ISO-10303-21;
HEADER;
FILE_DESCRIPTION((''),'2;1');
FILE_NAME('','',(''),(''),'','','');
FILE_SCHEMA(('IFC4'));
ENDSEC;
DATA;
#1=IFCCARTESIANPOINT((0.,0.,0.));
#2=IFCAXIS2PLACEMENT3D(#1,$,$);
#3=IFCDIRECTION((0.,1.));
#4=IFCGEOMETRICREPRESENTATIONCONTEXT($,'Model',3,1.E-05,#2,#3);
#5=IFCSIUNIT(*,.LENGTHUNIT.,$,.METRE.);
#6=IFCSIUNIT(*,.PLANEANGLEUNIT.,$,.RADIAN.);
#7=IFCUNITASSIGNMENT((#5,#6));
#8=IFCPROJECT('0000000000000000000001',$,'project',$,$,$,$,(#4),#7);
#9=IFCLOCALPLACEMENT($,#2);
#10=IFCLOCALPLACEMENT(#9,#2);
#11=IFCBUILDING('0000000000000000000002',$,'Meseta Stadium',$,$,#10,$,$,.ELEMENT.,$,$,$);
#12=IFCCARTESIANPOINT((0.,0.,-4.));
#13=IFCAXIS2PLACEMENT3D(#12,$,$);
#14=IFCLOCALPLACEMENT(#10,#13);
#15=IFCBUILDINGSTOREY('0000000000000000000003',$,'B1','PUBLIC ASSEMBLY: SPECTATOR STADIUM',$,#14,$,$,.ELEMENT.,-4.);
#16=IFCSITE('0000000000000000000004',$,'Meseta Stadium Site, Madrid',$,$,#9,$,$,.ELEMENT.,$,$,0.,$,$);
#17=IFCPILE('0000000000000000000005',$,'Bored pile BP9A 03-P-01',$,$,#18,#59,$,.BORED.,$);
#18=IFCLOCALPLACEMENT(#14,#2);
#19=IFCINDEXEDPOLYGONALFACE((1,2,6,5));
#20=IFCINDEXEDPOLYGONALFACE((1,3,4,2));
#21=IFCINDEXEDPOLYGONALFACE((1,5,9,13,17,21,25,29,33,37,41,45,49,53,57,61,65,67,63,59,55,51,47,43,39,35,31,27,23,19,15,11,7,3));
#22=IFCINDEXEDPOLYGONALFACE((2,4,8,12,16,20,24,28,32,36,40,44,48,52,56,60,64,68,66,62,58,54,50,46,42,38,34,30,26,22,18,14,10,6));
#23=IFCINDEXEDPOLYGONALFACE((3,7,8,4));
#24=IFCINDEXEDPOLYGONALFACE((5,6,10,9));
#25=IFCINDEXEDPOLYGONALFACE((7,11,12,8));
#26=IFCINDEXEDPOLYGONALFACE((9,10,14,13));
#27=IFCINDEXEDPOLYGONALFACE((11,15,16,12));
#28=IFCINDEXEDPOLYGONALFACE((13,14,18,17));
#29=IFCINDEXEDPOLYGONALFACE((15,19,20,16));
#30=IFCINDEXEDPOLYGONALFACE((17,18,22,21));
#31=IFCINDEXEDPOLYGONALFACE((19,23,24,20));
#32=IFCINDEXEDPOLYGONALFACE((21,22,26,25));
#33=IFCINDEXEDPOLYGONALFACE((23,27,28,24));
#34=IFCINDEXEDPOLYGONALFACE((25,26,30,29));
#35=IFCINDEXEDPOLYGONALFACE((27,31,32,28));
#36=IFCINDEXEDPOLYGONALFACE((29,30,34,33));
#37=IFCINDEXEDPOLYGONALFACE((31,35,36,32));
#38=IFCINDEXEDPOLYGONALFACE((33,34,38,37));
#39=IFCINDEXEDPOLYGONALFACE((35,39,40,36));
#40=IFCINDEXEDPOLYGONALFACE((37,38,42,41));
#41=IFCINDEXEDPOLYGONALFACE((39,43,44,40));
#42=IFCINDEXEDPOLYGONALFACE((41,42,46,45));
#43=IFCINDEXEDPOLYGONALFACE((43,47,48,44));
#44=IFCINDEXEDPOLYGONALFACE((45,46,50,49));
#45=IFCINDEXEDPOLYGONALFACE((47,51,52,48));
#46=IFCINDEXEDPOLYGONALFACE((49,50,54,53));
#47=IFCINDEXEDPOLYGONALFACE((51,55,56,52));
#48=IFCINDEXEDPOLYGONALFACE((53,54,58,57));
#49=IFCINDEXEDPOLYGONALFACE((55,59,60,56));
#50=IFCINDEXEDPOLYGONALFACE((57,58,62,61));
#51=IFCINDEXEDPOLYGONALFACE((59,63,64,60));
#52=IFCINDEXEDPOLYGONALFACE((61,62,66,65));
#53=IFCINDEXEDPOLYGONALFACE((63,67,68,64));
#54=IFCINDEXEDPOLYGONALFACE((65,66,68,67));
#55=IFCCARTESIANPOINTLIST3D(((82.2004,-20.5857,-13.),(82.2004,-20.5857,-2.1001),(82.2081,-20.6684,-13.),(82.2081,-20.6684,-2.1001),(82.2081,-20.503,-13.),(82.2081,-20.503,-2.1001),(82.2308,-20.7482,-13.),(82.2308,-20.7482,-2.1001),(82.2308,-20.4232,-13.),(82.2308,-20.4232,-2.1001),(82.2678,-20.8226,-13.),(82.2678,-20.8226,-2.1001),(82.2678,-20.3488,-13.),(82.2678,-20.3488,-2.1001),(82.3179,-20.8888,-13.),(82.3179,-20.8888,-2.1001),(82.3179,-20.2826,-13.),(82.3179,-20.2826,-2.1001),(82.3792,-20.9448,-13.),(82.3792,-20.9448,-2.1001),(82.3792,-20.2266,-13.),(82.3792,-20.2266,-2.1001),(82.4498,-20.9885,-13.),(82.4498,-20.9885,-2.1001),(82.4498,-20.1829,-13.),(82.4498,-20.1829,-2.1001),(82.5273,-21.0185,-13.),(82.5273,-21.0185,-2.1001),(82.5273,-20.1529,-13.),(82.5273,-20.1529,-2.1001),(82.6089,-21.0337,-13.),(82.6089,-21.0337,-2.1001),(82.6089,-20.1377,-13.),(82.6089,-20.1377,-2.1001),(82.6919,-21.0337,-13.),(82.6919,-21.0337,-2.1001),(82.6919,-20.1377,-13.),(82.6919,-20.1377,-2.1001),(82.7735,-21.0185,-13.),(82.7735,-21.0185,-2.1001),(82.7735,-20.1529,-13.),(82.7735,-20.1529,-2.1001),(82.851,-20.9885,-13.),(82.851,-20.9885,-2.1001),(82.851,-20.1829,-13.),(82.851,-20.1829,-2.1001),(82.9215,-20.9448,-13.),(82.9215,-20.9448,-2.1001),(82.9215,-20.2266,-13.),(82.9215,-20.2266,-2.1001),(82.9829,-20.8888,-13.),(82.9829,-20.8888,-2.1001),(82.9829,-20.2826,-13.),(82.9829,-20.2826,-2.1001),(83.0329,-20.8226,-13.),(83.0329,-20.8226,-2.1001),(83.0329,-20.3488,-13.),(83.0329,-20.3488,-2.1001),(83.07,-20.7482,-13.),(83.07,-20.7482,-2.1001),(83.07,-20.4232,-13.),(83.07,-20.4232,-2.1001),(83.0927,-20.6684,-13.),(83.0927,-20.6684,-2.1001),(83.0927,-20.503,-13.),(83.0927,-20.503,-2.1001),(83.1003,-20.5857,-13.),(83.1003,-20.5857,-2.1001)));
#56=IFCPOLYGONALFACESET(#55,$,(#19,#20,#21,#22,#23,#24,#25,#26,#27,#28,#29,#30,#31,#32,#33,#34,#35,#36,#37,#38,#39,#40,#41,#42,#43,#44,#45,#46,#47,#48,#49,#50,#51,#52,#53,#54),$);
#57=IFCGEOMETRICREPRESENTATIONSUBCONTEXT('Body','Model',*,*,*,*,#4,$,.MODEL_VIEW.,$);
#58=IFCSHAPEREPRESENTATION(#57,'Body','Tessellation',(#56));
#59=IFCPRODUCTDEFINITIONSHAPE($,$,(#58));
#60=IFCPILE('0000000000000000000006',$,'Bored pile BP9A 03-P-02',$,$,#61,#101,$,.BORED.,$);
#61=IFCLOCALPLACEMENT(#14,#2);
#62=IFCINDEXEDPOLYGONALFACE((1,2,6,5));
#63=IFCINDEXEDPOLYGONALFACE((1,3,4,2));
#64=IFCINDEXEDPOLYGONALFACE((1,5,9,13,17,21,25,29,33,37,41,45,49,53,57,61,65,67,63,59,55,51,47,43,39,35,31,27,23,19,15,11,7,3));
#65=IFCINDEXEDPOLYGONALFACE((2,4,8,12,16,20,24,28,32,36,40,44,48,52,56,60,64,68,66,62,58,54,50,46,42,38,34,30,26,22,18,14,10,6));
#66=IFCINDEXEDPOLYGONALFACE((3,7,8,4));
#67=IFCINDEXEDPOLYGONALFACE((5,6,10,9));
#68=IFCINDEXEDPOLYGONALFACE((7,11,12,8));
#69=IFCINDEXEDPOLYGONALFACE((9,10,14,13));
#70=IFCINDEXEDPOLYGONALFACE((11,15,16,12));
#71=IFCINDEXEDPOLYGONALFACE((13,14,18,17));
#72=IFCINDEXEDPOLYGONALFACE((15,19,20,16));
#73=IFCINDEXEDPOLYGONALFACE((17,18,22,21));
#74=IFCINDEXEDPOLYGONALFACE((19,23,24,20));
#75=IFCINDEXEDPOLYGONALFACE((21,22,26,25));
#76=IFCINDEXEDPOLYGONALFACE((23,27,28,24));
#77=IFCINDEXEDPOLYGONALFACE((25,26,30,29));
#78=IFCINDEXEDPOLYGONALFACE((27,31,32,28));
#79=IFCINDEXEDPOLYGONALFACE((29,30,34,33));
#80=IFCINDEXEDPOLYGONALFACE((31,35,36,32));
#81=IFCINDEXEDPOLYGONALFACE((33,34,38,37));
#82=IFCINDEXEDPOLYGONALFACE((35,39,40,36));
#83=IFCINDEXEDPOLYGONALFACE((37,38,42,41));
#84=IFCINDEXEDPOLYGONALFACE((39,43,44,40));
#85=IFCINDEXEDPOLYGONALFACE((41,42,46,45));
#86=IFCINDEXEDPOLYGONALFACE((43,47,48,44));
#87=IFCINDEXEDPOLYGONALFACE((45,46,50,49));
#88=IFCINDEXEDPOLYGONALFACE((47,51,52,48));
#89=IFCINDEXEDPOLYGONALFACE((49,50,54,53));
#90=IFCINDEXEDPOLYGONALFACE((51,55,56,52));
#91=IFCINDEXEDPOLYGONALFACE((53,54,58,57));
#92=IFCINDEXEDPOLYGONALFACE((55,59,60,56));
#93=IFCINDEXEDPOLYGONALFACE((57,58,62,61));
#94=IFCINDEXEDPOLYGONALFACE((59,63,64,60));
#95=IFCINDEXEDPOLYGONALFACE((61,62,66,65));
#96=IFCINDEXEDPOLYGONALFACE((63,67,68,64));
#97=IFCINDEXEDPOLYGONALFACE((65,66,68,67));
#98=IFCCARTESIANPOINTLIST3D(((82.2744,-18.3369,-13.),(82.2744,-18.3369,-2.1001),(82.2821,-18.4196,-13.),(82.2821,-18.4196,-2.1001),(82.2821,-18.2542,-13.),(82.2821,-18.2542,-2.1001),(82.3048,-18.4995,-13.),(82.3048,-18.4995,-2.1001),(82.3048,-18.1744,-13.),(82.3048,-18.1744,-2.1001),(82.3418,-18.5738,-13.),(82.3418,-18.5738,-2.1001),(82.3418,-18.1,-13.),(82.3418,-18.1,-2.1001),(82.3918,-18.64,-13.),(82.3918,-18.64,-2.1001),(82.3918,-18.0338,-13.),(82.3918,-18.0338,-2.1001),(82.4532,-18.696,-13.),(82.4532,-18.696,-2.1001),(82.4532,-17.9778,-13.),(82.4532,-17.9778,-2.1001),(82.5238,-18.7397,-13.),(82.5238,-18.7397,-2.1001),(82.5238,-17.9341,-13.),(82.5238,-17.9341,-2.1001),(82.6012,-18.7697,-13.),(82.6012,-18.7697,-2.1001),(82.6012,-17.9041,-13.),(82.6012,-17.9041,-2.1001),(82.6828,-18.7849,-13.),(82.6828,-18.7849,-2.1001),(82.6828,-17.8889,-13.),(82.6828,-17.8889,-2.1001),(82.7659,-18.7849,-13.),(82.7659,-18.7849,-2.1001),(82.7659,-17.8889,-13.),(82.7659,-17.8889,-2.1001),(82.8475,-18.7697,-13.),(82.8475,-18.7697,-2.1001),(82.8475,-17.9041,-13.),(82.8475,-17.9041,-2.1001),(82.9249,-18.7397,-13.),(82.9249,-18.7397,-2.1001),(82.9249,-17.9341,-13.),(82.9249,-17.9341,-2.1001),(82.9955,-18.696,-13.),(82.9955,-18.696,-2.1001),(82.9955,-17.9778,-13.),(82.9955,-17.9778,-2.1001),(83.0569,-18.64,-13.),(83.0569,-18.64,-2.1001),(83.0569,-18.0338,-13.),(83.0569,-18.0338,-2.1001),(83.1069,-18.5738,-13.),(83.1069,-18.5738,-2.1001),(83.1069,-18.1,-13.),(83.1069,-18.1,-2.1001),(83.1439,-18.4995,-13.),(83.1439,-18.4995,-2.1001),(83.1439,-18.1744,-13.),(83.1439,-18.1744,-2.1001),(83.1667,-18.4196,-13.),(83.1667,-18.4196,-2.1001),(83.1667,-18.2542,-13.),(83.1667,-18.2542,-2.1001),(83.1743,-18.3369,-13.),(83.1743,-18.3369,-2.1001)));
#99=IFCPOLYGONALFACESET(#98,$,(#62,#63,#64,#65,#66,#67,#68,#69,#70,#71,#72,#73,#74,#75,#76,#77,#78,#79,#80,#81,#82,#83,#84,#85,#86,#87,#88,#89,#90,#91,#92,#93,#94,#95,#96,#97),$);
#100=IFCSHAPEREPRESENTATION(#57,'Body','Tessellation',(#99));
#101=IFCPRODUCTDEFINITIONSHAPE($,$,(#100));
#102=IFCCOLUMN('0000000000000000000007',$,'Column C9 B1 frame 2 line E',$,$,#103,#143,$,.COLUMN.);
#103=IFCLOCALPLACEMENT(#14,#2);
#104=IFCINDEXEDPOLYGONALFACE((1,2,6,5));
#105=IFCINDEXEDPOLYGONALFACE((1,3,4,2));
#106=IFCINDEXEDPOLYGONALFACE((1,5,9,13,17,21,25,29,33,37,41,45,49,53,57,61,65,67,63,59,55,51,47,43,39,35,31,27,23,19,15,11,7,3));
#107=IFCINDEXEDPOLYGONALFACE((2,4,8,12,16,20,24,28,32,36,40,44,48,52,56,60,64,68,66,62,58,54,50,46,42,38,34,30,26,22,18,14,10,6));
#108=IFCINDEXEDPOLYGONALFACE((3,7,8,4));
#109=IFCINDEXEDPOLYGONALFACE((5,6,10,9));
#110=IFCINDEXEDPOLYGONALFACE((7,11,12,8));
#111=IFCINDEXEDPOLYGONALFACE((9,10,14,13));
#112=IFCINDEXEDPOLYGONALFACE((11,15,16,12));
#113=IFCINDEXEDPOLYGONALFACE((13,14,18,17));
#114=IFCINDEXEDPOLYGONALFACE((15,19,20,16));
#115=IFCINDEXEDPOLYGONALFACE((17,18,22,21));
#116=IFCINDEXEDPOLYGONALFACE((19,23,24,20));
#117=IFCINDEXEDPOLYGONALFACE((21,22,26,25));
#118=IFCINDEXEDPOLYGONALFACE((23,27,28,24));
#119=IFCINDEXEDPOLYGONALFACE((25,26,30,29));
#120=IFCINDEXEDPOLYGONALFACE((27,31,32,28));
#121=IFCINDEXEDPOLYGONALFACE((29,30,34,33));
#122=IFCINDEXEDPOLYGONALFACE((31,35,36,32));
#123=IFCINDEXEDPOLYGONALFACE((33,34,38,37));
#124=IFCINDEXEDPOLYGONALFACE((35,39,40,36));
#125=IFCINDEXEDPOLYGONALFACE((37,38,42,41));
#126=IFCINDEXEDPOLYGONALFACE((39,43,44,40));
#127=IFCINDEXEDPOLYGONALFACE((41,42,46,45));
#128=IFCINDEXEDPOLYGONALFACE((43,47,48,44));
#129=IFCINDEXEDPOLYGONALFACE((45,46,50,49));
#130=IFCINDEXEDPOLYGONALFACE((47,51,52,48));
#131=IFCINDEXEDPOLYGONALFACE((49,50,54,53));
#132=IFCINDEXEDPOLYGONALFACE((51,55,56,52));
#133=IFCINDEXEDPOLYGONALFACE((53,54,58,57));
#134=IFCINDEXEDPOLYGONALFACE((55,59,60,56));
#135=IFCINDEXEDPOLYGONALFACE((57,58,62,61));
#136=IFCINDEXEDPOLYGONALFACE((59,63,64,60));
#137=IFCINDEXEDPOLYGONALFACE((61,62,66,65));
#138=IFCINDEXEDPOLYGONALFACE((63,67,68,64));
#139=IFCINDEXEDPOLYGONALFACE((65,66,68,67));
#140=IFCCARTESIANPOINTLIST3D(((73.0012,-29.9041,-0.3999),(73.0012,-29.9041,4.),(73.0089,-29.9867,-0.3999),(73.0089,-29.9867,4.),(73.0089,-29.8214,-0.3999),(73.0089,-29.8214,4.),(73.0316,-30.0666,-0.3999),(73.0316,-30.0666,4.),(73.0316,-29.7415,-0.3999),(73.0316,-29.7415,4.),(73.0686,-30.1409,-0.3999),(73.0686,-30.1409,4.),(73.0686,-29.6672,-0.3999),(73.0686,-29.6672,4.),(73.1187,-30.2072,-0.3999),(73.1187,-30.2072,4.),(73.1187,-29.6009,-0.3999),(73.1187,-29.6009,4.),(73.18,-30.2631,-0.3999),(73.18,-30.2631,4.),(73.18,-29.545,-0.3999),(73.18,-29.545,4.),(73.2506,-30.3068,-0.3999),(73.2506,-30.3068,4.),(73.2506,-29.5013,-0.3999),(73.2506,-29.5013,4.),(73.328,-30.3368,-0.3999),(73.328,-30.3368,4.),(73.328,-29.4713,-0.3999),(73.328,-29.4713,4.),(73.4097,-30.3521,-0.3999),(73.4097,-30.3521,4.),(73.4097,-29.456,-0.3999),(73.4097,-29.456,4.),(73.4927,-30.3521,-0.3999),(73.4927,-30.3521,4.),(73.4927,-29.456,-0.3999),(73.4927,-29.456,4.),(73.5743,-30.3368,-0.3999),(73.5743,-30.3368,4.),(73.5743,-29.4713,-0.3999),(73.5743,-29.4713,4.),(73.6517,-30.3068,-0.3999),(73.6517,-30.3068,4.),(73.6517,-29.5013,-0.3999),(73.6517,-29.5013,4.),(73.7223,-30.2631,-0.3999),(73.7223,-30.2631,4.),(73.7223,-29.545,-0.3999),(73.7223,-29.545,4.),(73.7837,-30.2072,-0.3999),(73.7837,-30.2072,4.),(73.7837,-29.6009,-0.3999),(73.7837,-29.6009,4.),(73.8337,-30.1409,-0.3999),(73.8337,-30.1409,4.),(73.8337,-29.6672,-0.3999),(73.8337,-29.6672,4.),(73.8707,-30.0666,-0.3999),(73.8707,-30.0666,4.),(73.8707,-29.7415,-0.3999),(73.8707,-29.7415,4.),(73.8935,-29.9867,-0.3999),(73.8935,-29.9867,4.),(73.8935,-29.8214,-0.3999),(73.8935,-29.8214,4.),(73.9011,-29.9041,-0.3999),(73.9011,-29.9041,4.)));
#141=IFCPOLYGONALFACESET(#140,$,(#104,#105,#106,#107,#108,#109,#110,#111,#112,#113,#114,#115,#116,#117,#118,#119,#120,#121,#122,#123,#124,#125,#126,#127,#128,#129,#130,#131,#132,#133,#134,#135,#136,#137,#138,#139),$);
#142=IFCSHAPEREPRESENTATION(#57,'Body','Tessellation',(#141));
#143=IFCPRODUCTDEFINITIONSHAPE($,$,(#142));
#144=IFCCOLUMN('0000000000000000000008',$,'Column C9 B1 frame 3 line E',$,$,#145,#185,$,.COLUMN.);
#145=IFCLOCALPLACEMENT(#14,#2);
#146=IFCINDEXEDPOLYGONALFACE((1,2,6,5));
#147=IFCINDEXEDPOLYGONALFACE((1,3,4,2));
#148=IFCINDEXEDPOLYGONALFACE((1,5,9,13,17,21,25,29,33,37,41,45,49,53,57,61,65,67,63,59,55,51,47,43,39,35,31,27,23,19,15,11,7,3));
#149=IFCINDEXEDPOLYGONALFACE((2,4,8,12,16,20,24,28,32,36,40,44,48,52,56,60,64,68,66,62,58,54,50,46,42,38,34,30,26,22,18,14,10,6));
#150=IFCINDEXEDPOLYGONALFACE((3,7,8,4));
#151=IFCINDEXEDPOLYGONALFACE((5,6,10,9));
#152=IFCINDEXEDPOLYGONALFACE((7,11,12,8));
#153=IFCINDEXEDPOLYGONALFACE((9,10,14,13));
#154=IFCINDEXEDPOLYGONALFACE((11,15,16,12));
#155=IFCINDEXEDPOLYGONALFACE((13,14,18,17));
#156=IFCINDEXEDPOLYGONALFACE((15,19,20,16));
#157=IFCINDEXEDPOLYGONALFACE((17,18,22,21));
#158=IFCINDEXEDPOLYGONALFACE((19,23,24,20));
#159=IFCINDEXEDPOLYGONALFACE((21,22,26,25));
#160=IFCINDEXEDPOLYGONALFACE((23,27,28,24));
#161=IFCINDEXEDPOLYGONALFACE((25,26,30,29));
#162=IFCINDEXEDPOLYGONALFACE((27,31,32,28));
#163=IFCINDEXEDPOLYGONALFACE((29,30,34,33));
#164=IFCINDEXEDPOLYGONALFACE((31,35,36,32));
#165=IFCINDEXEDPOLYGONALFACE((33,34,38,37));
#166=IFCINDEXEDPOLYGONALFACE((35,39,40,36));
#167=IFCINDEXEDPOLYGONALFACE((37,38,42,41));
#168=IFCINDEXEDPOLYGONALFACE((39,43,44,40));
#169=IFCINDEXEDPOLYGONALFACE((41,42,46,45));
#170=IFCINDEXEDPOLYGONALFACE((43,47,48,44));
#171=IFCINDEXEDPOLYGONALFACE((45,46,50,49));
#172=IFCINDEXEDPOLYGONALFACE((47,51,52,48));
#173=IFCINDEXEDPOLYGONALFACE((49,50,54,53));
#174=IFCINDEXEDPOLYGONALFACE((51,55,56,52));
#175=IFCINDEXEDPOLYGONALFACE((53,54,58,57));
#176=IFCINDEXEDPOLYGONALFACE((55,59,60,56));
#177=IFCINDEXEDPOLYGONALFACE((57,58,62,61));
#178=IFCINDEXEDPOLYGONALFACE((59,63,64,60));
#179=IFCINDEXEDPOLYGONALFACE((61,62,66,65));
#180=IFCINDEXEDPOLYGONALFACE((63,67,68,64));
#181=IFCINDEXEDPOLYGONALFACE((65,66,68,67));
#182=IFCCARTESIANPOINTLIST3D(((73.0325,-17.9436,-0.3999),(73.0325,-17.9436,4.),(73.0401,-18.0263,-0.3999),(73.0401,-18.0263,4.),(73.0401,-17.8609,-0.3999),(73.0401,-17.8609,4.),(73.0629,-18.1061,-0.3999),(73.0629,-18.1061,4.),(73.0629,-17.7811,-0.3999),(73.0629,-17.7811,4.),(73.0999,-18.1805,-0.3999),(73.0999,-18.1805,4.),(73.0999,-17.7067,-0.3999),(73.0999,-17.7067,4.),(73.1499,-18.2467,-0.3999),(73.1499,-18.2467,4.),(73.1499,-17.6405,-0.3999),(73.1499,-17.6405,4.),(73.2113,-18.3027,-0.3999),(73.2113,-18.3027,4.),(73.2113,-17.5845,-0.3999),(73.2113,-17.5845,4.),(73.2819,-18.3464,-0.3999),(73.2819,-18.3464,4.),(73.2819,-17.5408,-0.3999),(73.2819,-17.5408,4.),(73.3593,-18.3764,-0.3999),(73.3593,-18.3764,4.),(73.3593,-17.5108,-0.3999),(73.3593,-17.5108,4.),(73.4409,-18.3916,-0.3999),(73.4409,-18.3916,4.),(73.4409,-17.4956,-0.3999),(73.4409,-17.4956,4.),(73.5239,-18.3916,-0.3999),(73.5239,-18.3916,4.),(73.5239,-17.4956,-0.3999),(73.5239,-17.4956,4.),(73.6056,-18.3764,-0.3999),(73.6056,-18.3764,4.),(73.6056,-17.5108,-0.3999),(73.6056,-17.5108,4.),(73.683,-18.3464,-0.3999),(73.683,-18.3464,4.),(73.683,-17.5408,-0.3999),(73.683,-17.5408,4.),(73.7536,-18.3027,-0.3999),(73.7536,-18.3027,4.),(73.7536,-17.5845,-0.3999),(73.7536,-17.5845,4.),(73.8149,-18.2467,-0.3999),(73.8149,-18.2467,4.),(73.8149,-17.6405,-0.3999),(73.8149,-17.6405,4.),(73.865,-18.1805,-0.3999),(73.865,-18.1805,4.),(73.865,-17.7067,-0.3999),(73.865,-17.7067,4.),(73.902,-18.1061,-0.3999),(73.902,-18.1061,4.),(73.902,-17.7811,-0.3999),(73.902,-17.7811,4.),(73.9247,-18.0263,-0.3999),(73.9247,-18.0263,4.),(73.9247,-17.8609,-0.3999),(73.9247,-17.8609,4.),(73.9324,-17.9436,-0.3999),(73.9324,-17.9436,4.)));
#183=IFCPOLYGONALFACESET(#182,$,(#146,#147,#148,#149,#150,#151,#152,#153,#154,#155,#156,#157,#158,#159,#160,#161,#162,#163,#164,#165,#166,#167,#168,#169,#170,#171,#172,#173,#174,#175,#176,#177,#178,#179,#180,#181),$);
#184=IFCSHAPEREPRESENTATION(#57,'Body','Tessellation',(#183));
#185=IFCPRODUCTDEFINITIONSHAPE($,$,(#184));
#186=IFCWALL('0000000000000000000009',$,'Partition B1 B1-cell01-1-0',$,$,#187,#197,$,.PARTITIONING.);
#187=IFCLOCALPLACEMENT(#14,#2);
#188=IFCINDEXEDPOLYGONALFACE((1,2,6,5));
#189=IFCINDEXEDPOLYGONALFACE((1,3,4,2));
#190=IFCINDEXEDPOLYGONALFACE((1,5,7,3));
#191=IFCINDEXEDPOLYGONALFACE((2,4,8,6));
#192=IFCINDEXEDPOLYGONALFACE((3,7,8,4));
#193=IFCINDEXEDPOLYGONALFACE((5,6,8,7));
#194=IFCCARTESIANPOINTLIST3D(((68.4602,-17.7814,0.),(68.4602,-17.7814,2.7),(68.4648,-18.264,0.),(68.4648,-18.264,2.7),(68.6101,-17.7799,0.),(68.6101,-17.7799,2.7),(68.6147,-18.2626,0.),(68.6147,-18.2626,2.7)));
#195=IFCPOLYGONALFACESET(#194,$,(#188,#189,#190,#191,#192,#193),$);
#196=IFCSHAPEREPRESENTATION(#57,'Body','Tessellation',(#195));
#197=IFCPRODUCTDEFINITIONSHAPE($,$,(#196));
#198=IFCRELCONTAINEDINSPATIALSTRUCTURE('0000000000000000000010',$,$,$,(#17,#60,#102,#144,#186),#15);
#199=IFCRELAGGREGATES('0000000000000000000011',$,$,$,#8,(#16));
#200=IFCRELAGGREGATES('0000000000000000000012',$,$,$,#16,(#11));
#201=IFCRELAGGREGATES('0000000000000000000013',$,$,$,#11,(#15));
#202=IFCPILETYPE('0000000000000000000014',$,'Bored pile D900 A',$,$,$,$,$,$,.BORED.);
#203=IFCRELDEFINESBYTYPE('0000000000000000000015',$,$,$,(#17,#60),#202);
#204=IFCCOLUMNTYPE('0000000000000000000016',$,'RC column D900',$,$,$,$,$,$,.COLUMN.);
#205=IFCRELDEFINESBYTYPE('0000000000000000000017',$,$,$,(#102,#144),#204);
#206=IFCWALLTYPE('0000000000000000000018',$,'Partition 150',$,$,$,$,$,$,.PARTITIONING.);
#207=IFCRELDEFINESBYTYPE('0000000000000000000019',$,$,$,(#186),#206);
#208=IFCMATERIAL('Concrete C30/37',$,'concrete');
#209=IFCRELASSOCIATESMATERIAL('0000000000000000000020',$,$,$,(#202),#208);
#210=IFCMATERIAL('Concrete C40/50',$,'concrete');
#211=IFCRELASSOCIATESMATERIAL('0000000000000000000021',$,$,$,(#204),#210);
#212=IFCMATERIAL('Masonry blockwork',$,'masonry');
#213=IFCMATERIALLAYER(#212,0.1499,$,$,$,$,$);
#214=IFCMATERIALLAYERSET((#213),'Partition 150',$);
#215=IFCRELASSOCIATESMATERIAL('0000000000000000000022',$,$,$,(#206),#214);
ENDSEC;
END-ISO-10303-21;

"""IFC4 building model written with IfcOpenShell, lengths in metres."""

from ifc_helpers import new_model, si_unit, direction, frame, frame_2d, origin, origin_2d, place, context, subcontext, project, spatial, rectangle, circle, extrude, material, layer, layer_set, material_profile, profile_set, type_object, element, save


model = new_model("IFC4")

# Units and contexts
model_context = context("Model", 3, precision=1e-05, world=origin(), true_north=direction((0.0, 1.0)))
body_context = subcontext(model_context, "Body", "Model", "MODEL_VIEW")
ifc_project = project(units=[si_unit("LENGTHUNIT", "METRE"), si_unit("PLANEANGLEUNIT", "RADIAN")], contexts=[model_context])

# Site, building, storey
site_placement = place(None, origin())
site = spatial("IfcSite", under=ifc_project, at=site_placement, Name="Meseta Stadium Site, Madrid", CompositionType="ELEMENT", RefElevation=0.0)
building_placement = place(site_placement, origin())
building = spatial("IfcBuilding", under=site, at=building_placement, Name="Meseta Stadium", CompositionType="ELEMENT")
storey_placement = place(building_placement, frame((0.0, 0.0, -4.0)))
storey = spatial("IfcBuildingStorey", under=building, at=storey_placement, Name="B1", Description="PUBLIC ASSEMBLY: SPECTATOR STADIUM", CompositionType="ELEMENT", Elevation=-4.0)

# Piles
ifc_material_1 = material(Name="Concrete C30/37", Category="concrete")
ifc_material_profile_1 = material_profile(ifc_material_1, circle(Radius=0.45, at=origin_2d()), Name="D900")
ifc_profile_set_1 = profile_set([ifc_material_profile_1], Name="Concrete C30/37")
pile_type = type_object("IfcPileType", Name="Bored pile D900 A", PredefinedType="BORED", material=ifc_profile_set_1)
for number, where, z_axis, x_axis, name in (
    (1, (82.6504, -20.5857, -2.1001), (0.0, 0.0, -1.0), (1.0, 0.0, 0.0), "Bored pile BP9A 03-P-01"),
    (2, (82.7244, -18.3369, -2.1001), (0.0, 0.0, -1.0), (1.0, 0.0, 0.0), "Bored pile BP9A 03-P-02"),
):
    element("IfcPile", number, at=place(storey_placement, frame(where, z_axis=z_axis, x_axis=x_axis)), inside=storey, type_object=pile_type, Name=name, PredefinedType="BORED", context=body_context, shape_type="SweptSolid", body=[
        extrude(circle(Radius=0.45, at=origin_2d()), origin(), (0.0, 0.0, 1.0), 10.8999),
    ])

# Columns
ifc_material_2 = material(Name="Concrete C40/50", Category="concrete")
ifc_material_profile_2 = material_profile(ifc_material_2, circle(Radius=0.45, at=origin_2d()), Name="RC D900")
ifc_profile_set_2 = profile_set([ifc_material_profile_2], Name="Concrete C40/50")
column_type = type_object("IfcColumnType", Name="RC column D900", PredefinedType="COLUMN", material=ifc_profile_set_2)
for number, where, z_axis, x_axis, name in (
    (3, (73.4512, -29.9041, -0.3999), (0.0, 0.0, 1.0), (1.0, 0.0, 0.0), "Column C9 B1 frame 2 line E"),
    (4, (73.4824, -17.9436, -0.3999), (0.0, 0.0, 1.0), (1.0, 0.0, 0.0), "Column C9 B1 frame 3 line E"),
):
    element("IfcColumn", number, at=place(storey_placement, frame(where, z_axis=z_axis, x_axis=x_axis)), inside=storey, type_object=column_type, Name=name, PredefinedType="COLUMN", context=body_context, shape_type="SweptSolid", body=[
        extrude(circle(Radius=0.45, at=origin_2d()), origin(), (0.0, 0.0, 1.0), 4.3999),
    ])

# Wall
ifc_material_3 = material(Name="Masonry blockwork", Category="masonry")
ifc_layer = layer(ifc_material_3, 0.1499)
ifc_layer_set = layer_set([ifc_layer], Name="Partition 150")
wall_type = type_object("IfcWallType", Name="Partition 150", PredefinedType="PARTITIONING", material=ifc_layer_set)
wall_1_placement = place(storey_placement, frame((68.5352, -17.7808, 0.0), z_axis=(0.0, 0.0, 1.0), x_axis=(0.00961, -0.999954, 0.0)))
element("IfcWall", 5, at=wall_1_placement, inside=storey, type_object=wall_type, Name="Partition B1 B1-cell01-1-0", PredefinedType="PARTITIONING", context=body_context, shape_type="SweptSolid", body=[
    extrude(rectangle(XDim=0.4827, YDim=0.1499, at=frame_2d((0.2412, 0.0))), origin(), (0.0, 0.0, 1.0), 2.7),
])

save(model, "model.ifc")
